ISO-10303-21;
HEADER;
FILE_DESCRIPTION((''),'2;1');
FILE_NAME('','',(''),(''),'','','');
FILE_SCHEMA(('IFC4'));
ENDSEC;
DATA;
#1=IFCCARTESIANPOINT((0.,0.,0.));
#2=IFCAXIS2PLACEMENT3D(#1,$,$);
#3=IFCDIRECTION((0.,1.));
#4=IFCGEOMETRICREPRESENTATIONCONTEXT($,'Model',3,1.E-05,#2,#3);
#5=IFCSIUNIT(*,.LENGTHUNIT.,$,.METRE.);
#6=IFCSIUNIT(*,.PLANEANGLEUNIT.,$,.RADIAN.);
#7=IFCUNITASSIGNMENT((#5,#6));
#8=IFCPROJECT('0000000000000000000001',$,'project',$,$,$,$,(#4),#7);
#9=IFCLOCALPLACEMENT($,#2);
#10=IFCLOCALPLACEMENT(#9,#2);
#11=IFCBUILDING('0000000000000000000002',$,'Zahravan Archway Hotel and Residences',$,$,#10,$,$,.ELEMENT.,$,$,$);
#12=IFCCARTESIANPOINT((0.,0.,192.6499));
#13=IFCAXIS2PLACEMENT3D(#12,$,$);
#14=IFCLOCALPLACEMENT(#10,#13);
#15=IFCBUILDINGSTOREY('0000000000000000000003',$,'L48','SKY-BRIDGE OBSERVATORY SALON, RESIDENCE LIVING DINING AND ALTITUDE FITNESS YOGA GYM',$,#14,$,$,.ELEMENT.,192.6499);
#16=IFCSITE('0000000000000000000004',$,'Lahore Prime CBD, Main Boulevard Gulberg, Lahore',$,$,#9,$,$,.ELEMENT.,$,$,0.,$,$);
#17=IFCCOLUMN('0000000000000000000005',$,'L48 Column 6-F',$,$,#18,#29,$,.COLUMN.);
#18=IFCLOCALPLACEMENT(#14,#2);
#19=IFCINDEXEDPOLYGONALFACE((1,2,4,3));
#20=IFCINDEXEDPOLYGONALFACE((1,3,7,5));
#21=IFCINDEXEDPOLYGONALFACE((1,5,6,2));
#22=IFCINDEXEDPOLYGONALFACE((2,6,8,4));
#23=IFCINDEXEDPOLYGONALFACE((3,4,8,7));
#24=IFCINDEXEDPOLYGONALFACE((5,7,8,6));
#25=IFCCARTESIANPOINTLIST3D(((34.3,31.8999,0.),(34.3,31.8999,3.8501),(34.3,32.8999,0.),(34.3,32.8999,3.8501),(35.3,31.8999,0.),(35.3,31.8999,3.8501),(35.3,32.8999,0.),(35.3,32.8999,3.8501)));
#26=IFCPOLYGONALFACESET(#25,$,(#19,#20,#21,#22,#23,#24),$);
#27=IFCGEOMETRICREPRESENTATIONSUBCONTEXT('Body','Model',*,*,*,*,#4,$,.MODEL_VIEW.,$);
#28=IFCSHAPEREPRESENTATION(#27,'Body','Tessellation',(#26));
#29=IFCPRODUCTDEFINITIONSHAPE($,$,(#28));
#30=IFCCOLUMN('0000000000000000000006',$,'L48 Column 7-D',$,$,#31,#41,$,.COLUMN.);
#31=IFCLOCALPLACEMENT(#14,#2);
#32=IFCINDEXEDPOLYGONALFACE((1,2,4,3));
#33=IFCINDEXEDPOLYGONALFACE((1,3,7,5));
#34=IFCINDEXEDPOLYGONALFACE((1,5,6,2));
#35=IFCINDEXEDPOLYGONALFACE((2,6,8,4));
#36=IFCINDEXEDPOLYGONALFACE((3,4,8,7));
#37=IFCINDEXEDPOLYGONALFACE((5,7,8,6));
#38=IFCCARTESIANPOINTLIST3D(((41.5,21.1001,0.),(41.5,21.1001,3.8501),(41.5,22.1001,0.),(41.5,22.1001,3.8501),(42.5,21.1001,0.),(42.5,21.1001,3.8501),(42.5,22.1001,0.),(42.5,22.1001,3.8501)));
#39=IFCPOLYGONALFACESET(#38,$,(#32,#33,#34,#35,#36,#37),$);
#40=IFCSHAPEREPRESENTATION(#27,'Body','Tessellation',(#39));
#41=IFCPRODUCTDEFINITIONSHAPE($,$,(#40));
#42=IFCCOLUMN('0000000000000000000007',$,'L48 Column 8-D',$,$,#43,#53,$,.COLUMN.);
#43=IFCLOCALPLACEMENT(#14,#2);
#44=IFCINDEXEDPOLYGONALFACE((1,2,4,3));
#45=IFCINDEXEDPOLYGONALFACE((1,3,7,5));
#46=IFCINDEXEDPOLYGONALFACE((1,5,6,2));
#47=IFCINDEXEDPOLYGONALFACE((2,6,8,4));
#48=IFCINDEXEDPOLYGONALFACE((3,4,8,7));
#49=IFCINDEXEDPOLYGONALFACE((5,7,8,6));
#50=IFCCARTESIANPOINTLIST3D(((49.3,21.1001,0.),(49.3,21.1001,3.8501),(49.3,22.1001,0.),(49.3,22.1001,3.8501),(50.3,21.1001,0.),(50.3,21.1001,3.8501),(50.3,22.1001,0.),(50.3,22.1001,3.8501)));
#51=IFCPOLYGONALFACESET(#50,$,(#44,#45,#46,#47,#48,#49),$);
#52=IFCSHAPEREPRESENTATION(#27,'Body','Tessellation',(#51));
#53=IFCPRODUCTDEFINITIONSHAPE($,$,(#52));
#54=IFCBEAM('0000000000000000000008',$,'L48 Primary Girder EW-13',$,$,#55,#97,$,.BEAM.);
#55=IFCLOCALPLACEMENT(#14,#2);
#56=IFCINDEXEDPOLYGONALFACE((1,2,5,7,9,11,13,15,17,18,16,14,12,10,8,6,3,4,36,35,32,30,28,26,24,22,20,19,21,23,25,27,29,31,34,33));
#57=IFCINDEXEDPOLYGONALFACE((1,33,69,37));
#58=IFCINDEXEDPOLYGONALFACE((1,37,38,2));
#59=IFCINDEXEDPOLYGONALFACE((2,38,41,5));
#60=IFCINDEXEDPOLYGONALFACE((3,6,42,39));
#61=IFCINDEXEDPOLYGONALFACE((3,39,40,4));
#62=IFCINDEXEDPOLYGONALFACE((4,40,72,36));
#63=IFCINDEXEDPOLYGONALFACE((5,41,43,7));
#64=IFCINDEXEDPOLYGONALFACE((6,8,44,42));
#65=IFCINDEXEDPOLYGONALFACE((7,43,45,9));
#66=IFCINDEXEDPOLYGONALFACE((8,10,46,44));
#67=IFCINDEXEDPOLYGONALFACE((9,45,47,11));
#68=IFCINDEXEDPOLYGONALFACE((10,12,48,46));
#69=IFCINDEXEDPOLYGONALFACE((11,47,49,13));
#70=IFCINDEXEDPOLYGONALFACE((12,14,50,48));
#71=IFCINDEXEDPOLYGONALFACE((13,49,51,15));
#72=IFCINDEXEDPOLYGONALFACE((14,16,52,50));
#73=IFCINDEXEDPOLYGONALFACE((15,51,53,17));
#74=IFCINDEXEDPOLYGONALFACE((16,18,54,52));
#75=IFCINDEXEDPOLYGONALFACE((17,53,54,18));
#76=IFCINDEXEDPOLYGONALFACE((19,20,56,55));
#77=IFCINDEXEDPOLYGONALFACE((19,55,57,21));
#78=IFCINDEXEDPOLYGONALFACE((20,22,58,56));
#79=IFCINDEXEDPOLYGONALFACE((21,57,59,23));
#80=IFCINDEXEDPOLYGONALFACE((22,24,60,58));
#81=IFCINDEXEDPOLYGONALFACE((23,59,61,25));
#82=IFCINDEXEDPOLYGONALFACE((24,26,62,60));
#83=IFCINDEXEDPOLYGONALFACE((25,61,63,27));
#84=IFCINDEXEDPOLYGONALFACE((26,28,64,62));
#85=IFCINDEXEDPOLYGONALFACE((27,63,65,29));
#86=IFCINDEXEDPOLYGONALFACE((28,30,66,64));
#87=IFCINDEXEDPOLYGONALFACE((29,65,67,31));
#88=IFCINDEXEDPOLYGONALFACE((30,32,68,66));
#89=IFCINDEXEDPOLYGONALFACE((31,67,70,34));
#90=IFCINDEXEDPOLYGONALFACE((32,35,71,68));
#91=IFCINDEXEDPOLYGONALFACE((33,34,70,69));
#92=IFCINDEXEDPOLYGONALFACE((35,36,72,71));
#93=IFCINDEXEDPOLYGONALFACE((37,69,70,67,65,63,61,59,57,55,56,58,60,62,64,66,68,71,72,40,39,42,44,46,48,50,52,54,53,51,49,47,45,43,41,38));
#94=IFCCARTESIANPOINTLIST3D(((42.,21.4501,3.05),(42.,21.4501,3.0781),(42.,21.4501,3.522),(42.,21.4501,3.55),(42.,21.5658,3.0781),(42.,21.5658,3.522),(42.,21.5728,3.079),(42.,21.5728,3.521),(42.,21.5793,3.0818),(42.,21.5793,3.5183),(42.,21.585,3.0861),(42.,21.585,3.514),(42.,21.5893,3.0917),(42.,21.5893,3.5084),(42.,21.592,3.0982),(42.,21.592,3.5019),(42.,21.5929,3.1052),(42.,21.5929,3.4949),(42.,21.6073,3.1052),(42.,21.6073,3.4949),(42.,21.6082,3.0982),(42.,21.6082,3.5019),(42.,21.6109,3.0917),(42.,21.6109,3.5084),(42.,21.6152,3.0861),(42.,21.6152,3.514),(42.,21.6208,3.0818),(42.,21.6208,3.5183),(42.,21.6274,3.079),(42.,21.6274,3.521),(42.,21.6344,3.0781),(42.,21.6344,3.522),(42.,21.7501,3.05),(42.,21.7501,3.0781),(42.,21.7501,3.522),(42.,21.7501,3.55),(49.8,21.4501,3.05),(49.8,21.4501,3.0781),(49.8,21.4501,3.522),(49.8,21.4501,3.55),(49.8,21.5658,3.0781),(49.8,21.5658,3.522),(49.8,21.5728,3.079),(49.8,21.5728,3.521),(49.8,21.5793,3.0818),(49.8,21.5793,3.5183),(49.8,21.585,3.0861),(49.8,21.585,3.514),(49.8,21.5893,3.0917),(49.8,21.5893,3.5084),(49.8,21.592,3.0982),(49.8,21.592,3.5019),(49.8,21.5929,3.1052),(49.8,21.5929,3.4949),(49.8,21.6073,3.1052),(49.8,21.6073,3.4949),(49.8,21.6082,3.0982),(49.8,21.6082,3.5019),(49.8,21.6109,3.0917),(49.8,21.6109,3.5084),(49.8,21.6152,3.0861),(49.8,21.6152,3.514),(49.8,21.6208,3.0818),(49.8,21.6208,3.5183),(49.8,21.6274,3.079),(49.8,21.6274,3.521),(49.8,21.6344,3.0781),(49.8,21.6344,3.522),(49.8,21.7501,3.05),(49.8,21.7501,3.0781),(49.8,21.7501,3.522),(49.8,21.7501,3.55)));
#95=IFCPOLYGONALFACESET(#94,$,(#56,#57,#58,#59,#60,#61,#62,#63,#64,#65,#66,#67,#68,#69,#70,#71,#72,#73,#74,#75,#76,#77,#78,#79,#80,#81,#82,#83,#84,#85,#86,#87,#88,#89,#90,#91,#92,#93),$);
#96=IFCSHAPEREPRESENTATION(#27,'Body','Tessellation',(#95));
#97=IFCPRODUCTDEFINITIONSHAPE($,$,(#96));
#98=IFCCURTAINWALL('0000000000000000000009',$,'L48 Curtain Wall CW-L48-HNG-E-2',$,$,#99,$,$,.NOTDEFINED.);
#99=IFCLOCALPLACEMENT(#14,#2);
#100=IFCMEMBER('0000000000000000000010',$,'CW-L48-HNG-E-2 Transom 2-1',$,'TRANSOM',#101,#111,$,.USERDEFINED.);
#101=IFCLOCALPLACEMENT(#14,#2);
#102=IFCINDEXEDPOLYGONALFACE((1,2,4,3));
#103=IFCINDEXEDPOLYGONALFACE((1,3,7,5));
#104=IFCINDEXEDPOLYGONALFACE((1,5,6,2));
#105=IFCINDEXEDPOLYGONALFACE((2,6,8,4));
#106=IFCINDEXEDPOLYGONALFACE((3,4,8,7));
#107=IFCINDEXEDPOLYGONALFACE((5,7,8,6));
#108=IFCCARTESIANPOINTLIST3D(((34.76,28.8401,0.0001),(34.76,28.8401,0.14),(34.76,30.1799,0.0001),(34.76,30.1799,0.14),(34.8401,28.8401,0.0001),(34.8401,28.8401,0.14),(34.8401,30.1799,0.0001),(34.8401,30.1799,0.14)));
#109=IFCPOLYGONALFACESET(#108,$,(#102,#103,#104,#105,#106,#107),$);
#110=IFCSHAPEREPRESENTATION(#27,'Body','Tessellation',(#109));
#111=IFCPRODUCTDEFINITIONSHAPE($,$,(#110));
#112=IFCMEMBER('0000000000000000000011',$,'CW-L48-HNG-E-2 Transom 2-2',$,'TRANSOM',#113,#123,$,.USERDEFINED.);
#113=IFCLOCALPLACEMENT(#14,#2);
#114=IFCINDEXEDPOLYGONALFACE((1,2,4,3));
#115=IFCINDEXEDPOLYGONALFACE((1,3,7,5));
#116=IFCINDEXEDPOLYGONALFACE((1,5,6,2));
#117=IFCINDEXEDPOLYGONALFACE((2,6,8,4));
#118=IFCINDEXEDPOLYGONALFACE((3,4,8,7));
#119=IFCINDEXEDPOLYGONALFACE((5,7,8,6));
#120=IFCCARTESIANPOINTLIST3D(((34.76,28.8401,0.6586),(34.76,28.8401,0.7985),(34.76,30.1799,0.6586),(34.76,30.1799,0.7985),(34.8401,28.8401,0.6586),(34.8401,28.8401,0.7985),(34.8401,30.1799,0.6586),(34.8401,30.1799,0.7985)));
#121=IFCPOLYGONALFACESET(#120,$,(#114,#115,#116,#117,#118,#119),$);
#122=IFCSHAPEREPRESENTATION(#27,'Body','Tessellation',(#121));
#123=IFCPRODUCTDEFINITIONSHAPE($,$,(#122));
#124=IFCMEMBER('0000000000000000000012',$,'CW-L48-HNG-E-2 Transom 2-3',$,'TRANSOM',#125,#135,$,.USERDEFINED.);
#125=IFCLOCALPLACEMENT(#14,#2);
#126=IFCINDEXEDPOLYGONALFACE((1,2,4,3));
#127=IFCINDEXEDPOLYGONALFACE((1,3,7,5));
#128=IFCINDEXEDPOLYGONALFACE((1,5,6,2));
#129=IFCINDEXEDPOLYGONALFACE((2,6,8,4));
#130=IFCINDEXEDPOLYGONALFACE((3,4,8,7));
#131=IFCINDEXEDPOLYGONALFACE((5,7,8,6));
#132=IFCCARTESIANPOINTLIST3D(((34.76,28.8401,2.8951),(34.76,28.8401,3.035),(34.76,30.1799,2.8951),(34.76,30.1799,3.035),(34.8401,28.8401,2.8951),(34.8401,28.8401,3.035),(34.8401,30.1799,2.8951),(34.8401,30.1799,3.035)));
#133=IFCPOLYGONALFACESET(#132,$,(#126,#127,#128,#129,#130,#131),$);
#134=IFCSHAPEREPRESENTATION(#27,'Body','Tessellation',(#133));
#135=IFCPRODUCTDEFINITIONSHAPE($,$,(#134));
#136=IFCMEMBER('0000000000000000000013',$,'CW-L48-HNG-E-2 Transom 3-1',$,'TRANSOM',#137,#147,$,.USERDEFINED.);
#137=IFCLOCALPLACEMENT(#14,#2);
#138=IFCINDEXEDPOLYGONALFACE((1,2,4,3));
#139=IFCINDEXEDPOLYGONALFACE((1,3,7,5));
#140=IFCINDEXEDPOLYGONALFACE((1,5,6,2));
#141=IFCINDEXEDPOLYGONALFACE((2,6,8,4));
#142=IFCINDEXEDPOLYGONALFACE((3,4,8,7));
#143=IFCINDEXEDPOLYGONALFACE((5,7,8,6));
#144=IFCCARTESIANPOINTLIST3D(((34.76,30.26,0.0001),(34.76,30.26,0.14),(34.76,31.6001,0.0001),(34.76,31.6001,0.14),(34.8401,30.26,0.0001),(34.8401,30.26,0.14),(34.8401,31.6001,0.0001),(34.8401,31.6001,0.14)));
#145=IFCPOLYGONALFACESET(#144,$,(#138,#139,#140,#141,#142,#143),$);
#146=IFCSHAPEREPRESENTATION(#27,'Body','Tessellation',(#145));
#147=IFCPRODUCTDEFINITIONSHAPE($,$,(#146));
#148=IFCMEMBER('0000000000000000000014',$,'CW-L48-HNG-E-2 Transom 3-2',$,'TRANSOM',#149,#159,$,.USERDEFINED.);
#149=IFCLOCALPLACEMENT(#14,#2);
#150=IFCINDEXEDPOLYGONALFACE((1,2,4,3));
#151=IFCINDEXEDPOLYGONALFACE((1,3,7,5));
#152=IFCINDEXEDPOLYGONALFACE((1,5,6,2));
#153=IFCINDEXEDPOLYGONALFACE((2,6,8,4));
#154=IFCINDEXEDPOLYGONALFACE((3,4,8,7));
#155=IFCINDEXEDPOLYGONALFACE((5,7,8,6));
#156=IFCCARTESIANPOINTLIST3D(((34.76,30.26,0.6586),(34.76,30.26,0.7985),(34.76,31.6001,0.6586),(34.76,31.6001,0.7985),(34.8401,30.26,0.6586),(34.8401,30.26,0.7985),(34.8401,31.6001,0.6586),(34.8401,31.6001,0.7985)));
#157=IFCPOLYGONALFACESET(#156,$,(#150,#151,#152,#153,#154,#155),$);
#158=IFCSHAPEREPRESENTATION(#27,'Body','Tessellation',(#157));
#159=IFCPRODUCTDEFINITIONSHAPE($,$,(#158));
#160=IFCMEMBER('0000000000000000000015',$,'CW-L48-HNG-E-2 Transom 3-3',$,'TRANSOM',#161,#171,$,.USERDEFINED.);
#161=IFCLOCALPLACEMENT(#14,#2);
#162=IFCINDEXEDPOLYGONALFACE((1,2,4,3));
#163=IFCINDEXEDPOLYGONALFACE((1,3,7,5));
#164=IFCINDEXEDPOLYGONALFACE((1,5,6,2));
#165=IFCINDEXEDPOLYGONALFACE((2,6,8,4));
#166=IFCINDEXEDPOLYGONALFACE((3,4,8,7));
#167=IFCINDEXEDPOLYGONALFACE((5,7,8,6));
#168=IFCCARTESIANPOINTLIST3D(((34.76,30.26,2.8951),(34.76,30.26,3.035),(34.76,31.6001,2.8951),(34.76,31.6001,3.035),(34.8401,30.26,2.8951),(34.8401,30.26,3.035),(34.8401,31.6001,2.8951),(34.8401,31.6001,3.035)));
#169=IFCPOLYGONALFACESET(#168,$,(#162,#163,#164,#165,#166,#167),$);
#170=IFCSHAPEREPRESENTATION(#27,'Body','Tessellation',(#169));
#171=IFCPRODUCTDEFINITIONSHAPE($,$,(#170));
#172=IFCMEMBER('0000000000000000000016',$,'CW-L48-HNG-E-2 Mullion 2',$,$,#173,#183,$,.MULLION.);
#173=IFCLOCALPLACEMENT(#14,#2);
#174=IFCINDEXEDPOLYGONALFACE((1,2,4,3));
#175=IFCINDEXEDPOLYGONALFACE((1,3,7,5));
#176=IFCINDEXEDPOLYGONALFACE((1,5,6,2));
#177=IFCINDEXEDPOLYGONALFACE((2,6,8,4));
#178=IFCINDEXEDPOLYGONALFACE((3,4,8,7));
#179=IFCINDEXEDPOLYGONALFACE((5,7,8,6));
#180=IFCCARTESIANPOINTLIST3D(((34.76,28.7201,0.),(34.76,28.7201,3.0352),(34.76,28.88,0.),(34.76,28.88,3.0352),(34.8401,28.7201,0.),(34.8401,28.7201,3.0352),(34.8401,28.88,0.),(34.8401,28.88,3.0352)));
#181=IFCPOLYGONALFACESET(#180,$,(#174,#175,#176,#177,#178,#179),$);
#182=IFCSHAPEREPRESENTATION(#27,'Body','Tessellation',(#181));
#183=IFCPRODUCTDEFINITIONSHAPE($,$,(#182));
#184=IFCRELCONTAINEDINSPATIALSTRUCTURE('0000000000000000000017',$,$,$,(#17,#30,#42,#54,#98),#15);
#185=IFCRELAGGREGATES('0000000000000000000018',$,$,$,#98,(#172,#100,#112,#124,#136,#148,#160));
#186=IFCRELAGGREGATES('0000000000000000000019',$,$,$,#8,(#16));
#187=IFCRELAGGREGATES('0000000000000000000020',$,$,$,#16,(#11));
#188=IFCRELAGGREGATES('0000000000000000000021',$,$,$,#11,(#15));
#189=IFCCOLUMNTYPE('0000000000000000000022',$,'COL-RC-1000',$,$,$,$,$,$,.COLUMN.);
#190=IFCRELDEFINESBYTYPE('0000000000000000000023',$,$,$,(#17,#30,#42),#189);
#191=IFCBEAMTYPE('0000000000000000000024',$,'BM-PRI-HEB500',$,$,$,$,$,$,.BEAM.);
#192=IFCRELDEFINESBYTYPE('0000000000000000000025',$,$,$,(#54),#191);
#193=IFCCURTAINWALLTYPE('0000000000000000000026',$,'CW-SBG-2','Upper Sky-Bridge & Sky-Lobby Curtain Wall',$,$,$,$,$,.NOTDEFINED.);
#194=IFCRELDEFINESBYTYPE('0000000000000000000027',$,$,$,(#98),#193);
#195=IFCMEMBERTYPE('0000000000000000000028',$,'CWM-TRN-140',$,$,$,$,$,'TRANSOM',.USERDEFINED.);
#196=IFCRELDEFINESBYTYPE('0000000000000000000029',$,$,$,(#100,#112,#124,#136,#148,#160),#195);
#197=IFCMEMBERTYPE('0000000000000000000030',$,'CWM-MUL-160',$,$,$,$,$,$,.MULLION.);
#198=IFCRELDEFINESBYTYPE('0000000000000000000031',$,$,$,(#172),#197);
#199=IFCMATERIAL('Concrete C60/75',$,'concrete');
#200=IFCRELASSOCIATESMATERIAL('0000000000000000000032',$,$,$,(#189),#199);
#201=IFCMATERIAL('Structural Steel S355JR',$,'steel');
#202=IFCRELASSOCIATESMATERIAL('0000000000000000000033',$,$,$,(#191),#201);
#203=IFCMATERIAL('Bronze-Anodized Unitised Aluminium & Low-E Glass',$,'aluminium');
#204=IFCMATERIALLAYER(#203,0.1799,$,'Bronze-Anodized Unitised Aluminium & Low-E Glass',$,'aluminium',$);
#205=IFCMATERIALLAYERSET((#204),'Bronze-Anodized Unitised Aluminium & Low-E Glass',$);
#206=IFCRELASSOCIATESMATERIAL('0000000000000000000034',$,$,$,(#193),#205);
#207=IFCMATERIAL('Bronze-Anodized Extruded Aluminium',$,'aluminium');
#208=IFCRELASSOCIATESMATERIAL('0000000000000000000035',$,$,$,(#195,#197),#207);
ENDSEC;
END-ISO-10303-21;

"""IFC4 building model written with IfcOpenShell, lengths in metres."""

from ifc_helpers import new_model, si_unit, direction, frame, origin, origin_2d, place, context, subcontext, project, spatial, rectangle, i_section, extrude, source, transform, mapped, material, layer, layer_set, material_profile, profile_set, type_object, element, aggregate, save


model = new_model("IFC4")

# Units and contexts
model_context = context("Model", 3, precision=1e-05, world=origin(), true_north=direction((0.0, 1.0)))
body_context = subcontext(model_context, "Body", "Model", "MODEL_VIEW")
ifc_project = project(units=[si_unit("LENGTHUNIT", "METRE"), si_unit("PLANEANGLEUNIT", "RADIAN")], contexts=[model_context])

# Site, building, storey
site_placement = place(None, origin())
site = spatial("IfcSite", under=ifc_project, at=site_placement, Name="Lahore Prime CBD, Main Boulevard Gulberg, Lahore", CompositionType="ELEMENT", RefElevation=0.0)
building_placement = place(site_placement, origin())
building = spatial("IfcBuilding", under=site, at=building_placement, Name="Zahravan Archway Hotel and Residences", CompositionType="ELEMENT")
storey_placement = place(building_placement, frame((0.0, 0.0, 192.6499)))
storey = spatial("IfcBuildingStorey", under=building, at=storey_placement, Name="L48", Description="SKY-BRIDGE OBSERVATORY SALON, RESIDENCE LIVING DINING AND ALTITUDE FITNESS YOGA GYM", CompositionType="ELEMENT", Elevation=192.6499)

# Columns
ifc_material_1 = material(Name="Concrete C60/75", Category="concrete")
ifc_material_profile_1 = material_profile(ifc_material_1, rectangle(XDim=1.0, YDim=1.0, at=origin_2d()), Name="RC-COL-1000x1000", Category="concrete")
ifc_profile_set_1 = profile_set([ifc_material_profile_1], Name="Concrete C60/75")
column_type = type_object("IfcColumnType", Name="COL-RC-1000", PredefinedType="COLUMN", material=ifc_profile_set_1)
shared_shape_1 = source(origin(), body_context, "Body", "SweptSolid", [
    extrude(rectangle(XDim=1.0, YDim=1.0, at=origin_2d()), origin(), (0.0, 0.0, 1.0), 3.8501),
])
for number, where, z_axis, x_axis, name in (
    (1, (34.8, 32.3999, 0.0), (0.0, 0.0, 1.0), (1.0, 0.0, 0.0), "L48 Column 6-F"),
    (2, (42.0, 21.6001, 0.0), (0.0, 0.0, 1.0), (1.0, 0.0, 0.0), "L48 Column 7-D"),
    (3, (49.8, 21.6001, 0.0), (0.0, 0.0, 1.0), (1.0, 0.0, 0.0), "L48 Column 8-D"),
):
    element("IfcColumn", number, at=place(storey_placement, frame(where, z_axis=z_axis, x_axis=x_axis)), inside=storey, type_object=column_type, Name=name, PredefinedType="COLUMN", context=body_context, shape_type="MappedRepresentation", body=[
        mapped(shared_shape_1, transform((0.0, 0.0, 0.0), scale=1.0)),
    ])

# Beam
ifc_material_2 = material(Name="Structural Steel S355JR", Category="steel")
ifc_material_profile_2 = material_profile(ifc_material_2, i_section(OverallWidth=0.3, OverallDepth=0.5, WebThickness=0.0144, FlangeThickness=0.0281, FilletRadius=0.0271, at=origin_2d()), Name="HEB 500", Category="steel")
ifc_profile_set_2 = profile_set([ifc_material_profile_2], Name="Structural Steel S355JR")
beam_type = type_object("IfcBeamType", Name="BM-PRI-HEB500", PredefinedType="BEAM", material=ifc_profile_set_2)
shared_shape_2 = source(origin(), body_context, "Body", "SweptSolid", [
    extrude(i_section(OverallWidth=0.3, OverallDepth=0.5, WebThickness=0.0144, FlangeThickness=0.0281, FilletRadius=0.0271, at=origin_2d()), origin(), (0.0, 0.0, 1.0), 7.8),
])
beam_placement = place(storey_placement, frame((42.0, 21.6001, 3.3), z_axis=(1.0, 0.0, 0.0), x_axis=(0.0, 1.0, 0.0)))
element("IfcBeam", 4, at=beam_placement, inside=storey, type_object=beam_type, Name="L48 Primary Girder EW-13", PredefinedType="BEAM", context=body_context, shape_type="MappedRepresentation", body=[
    mapped(shared_shape_2, transform((0.0, 0.0, 0.0), scale=1.0)),
])

# Curtain wall, members
ifc_material_3 = material(Name="Bronze-Anodized Unitised Aluminium & Low-E Glass", Category="aluminium")
ifc_layer_1 = layer(ifc_material_3, 0.1799, Name="Bronze-Anodized Unitised Aluminium & Low-E Glass", Category="aluminium")
ifc_layer_set_1 = layer_set([ifc_layer_1], Name="Bronze-Anodized Unitised Aluminium & Low-E Glass")
curtain_wall_type = type_object("IfcCurtainWallType", Name="CW-SBG-2", Description="Upper Sky-Bridge & Sky-Lobby Curtain Wall", PredefinedType="NOTDEFINED", material=ifc_layer_set_1)
curtain_wall_placement = place(storey_placement, origin())
curtain_wall = element("IfcCurtainWall", 5, at=curtain_wall_placement, inside=storey, type_object=curtain_wall_type, Name="L48 Curtain Wall CW-L48-HNG-E-2", PredefinedType="NOTDEFINED")
ifc_material_4 = material(Name="Bronze-Anodized Extruded Aluminium", Category="aluminium")
ifc_material_profile_3 = material_profile(ifc_material_4, rectangle(XDim=0.0801, YDim=0.1399, at=origin_2d()), Name="TRN 80x140", Category="aluminium")
ifc_profile_set_3 = profile_set([ifc_material_profile_3], Name="Bronze-Anodized Extruded Aluminium")
member_type_1 = type_object("IfcMemberType", Name="CWM-TRN-140", ElementType="TRANSOM", PredefinedType="USERDEFINED", material=ifc_profile_set_3)
shared_shape_3 = source(origin(), body_context, "Body", "SweptSolid", [
    extrude(rectangle(XDim=0.0801, YDim=0.1399, at=origin_2d()), origin(), (0.0, 0.0, 1.0), 1.3398),
])
member_1_placement = place(storey_placement, frame((34.8, 28.8401, 0.0701), z_axis=(0.0, 1.0, 0.0), x_axis=(-1.0, 0.0, 0.0)))
member_1 = element("IfcMember", 6, at=member_1_placement, type_object=member_type_1, Name="CW-L48-HNG-E-2 Transom 2-1", ObjectType="TRANSOM", PredefinedType="USERDEFINED", context=body_context, shape_type="MappedRepresentation", body=[
    mapped(shared_shape_3, transform((0.0, 0.0, 0.0), scale=1.0)),
])
member_2_placement = place(storey_placement, frame((34.8, 28.8401, 0.7285), z_axis=(0.0, 1.0, 0.0), x_axis=(-1.0, 0.0, 0.0)))
member_2 = element("IfcMember", 7, at=member_2_placement, type_object=member_type_1, Name="CW-L48-HNG-E-2 Transom 2-2", ObjectType="TRANSOM", PredefinedType="USERDEFINED", context=body_context, shape_type="MappedRepresentation", body=[
    mapped(shared_shape_3, transform((0.0, 0.0, 0.0), scale=1.0)),
])
member_3_placement = place(storey_placement, frame((34.8, 28.8401, 2.9651), z_axis=(0.0, 1.0, 0.0), x_axis=(-1.0, 0.0, 0.0)))
member_3 = element("IfcMember", 8, at=member_3_placement, type_object=member_type_1, Name="CW-L48-HNG-E-2 Transom 2-3", ObjectType="TRANSOM", PredefinedType="USERDEFINED", context=body_context, shape_type="MappedRepresentation", body=[
    mapped(shared_shape_3, transform((0.0, 0.0, 0.0), scale=1.0)),
])
shared_shape_4 = source(origin(), body_context, "Body", "SweptSolid", [
    extrude(rectangle(XDim=0.0801, YDim=0.1399, at=origin_2d()), origin(), (0.0, 0.0, 1.0), 1.3401),
])
member_4_placement = place(storey_placement, frame((34.8, 30.26, 0.0701), z_axis=(0.0, 1.0, 0.0), x_axis=(-1.0, 0.0, 0.0)))
member_4 = element("IfcMember", 9, at=member_4_placement, type_object=member_type_1, Name="CW-L48-HNG-E-2 Transom 3-1", ObjectType="TRANSOM", PredefinedType="USERDEFINED", context=body_context, shape_type="MappedRepresentation", body=[
    mapped(shared_shape_4, transform((0.0, 0.0, 0.0), scale=1.0)),
])
member_5_placement = place(storey_placement, frame((34.8, 30.26, 0.7285), z_axis=(0.0, 1.0, 0.0), x_axis=(-1.0, 0.0, 0.0)))
member_5 = element("IfcMember", 10, at=member_5_placement, type_object=member_type_1, Name="CW-L48-HNG-E-2 Transom 3-2", ObjectType="TRANSOM", PredefinedType="USERDEFINED", context=body_context, shape_type="MappedRepresentation", body=[
    mapped(shared_shape_4, transform((0.0, 0.0, 0.0), scale=1.0)),
])
member_6_placement = place(storey_placement, frame((34.8, 30.26, 2.9651), z_axis=(0.0, 1.0, 0.0), x_axis=(-1.0, 0.0, 0.0)))
member_6 = element("IfcMember", 11, at=member_6_placement, type_object=member_type_1, Name="CW-L48-HNG-E-2 Transom 3-3", ObjectType="TRANSOM", PredefinedType="USERDEFINED", context=body_context, shape_type="MappedRepresentation", body=[
    mapped(shared_shape_4, transform((0.0, 0.0, 0.0), scale=1.0)),
])
ifc_material_profile_4 = material_profile(ifc_material_4, rectangle(XDim=0.0801, YDim=0.1599, at=origin_2d()), Name="MUL 80x160", Category="aluminium")
ifc_profile_set_4 = profile_set([ifc_material_profile_4], Name="Bronze-Anodized Extruded Aluminium")
member_type_2 = type_object("IfcMemberType", Name="CWM-MUL-160", PredefinedType="MULLION", material=ifc_profile_set_4)
shared_shape_5 = source(origin(), body_context, "Body", "SweptSolid", [
    extrude(rectangle(XDim=0.0801, YDim=0.1599, at=origin_2d()), origin(), (0.0, 0.0, 1.0), 3.0352),
])
member_7_placement = place(storey_placement, frame((34.8, 28.8, 0.0), z_axis=(0.0, 0.0, 1.0), x_axis=(1.0, 0.0, 0.0)))
member_7 = element("IfcMember", 12, at=member_7_placement, type_object=member_type_2, Name="CW-L48-HNG-E-2 Mullion 2", PredefinedType="MULLION", context=body_context, shape_type="MappedRepresentation", body=[
    mapped(shared_shape_5, transform((0.0, 0.0, 0.0), scale=1.0)),
])

aggregate(curtain_wall, [member_7, member_1, member_2, member_3, member_4, member_5, member_6])

save(model, "model.ifc")
